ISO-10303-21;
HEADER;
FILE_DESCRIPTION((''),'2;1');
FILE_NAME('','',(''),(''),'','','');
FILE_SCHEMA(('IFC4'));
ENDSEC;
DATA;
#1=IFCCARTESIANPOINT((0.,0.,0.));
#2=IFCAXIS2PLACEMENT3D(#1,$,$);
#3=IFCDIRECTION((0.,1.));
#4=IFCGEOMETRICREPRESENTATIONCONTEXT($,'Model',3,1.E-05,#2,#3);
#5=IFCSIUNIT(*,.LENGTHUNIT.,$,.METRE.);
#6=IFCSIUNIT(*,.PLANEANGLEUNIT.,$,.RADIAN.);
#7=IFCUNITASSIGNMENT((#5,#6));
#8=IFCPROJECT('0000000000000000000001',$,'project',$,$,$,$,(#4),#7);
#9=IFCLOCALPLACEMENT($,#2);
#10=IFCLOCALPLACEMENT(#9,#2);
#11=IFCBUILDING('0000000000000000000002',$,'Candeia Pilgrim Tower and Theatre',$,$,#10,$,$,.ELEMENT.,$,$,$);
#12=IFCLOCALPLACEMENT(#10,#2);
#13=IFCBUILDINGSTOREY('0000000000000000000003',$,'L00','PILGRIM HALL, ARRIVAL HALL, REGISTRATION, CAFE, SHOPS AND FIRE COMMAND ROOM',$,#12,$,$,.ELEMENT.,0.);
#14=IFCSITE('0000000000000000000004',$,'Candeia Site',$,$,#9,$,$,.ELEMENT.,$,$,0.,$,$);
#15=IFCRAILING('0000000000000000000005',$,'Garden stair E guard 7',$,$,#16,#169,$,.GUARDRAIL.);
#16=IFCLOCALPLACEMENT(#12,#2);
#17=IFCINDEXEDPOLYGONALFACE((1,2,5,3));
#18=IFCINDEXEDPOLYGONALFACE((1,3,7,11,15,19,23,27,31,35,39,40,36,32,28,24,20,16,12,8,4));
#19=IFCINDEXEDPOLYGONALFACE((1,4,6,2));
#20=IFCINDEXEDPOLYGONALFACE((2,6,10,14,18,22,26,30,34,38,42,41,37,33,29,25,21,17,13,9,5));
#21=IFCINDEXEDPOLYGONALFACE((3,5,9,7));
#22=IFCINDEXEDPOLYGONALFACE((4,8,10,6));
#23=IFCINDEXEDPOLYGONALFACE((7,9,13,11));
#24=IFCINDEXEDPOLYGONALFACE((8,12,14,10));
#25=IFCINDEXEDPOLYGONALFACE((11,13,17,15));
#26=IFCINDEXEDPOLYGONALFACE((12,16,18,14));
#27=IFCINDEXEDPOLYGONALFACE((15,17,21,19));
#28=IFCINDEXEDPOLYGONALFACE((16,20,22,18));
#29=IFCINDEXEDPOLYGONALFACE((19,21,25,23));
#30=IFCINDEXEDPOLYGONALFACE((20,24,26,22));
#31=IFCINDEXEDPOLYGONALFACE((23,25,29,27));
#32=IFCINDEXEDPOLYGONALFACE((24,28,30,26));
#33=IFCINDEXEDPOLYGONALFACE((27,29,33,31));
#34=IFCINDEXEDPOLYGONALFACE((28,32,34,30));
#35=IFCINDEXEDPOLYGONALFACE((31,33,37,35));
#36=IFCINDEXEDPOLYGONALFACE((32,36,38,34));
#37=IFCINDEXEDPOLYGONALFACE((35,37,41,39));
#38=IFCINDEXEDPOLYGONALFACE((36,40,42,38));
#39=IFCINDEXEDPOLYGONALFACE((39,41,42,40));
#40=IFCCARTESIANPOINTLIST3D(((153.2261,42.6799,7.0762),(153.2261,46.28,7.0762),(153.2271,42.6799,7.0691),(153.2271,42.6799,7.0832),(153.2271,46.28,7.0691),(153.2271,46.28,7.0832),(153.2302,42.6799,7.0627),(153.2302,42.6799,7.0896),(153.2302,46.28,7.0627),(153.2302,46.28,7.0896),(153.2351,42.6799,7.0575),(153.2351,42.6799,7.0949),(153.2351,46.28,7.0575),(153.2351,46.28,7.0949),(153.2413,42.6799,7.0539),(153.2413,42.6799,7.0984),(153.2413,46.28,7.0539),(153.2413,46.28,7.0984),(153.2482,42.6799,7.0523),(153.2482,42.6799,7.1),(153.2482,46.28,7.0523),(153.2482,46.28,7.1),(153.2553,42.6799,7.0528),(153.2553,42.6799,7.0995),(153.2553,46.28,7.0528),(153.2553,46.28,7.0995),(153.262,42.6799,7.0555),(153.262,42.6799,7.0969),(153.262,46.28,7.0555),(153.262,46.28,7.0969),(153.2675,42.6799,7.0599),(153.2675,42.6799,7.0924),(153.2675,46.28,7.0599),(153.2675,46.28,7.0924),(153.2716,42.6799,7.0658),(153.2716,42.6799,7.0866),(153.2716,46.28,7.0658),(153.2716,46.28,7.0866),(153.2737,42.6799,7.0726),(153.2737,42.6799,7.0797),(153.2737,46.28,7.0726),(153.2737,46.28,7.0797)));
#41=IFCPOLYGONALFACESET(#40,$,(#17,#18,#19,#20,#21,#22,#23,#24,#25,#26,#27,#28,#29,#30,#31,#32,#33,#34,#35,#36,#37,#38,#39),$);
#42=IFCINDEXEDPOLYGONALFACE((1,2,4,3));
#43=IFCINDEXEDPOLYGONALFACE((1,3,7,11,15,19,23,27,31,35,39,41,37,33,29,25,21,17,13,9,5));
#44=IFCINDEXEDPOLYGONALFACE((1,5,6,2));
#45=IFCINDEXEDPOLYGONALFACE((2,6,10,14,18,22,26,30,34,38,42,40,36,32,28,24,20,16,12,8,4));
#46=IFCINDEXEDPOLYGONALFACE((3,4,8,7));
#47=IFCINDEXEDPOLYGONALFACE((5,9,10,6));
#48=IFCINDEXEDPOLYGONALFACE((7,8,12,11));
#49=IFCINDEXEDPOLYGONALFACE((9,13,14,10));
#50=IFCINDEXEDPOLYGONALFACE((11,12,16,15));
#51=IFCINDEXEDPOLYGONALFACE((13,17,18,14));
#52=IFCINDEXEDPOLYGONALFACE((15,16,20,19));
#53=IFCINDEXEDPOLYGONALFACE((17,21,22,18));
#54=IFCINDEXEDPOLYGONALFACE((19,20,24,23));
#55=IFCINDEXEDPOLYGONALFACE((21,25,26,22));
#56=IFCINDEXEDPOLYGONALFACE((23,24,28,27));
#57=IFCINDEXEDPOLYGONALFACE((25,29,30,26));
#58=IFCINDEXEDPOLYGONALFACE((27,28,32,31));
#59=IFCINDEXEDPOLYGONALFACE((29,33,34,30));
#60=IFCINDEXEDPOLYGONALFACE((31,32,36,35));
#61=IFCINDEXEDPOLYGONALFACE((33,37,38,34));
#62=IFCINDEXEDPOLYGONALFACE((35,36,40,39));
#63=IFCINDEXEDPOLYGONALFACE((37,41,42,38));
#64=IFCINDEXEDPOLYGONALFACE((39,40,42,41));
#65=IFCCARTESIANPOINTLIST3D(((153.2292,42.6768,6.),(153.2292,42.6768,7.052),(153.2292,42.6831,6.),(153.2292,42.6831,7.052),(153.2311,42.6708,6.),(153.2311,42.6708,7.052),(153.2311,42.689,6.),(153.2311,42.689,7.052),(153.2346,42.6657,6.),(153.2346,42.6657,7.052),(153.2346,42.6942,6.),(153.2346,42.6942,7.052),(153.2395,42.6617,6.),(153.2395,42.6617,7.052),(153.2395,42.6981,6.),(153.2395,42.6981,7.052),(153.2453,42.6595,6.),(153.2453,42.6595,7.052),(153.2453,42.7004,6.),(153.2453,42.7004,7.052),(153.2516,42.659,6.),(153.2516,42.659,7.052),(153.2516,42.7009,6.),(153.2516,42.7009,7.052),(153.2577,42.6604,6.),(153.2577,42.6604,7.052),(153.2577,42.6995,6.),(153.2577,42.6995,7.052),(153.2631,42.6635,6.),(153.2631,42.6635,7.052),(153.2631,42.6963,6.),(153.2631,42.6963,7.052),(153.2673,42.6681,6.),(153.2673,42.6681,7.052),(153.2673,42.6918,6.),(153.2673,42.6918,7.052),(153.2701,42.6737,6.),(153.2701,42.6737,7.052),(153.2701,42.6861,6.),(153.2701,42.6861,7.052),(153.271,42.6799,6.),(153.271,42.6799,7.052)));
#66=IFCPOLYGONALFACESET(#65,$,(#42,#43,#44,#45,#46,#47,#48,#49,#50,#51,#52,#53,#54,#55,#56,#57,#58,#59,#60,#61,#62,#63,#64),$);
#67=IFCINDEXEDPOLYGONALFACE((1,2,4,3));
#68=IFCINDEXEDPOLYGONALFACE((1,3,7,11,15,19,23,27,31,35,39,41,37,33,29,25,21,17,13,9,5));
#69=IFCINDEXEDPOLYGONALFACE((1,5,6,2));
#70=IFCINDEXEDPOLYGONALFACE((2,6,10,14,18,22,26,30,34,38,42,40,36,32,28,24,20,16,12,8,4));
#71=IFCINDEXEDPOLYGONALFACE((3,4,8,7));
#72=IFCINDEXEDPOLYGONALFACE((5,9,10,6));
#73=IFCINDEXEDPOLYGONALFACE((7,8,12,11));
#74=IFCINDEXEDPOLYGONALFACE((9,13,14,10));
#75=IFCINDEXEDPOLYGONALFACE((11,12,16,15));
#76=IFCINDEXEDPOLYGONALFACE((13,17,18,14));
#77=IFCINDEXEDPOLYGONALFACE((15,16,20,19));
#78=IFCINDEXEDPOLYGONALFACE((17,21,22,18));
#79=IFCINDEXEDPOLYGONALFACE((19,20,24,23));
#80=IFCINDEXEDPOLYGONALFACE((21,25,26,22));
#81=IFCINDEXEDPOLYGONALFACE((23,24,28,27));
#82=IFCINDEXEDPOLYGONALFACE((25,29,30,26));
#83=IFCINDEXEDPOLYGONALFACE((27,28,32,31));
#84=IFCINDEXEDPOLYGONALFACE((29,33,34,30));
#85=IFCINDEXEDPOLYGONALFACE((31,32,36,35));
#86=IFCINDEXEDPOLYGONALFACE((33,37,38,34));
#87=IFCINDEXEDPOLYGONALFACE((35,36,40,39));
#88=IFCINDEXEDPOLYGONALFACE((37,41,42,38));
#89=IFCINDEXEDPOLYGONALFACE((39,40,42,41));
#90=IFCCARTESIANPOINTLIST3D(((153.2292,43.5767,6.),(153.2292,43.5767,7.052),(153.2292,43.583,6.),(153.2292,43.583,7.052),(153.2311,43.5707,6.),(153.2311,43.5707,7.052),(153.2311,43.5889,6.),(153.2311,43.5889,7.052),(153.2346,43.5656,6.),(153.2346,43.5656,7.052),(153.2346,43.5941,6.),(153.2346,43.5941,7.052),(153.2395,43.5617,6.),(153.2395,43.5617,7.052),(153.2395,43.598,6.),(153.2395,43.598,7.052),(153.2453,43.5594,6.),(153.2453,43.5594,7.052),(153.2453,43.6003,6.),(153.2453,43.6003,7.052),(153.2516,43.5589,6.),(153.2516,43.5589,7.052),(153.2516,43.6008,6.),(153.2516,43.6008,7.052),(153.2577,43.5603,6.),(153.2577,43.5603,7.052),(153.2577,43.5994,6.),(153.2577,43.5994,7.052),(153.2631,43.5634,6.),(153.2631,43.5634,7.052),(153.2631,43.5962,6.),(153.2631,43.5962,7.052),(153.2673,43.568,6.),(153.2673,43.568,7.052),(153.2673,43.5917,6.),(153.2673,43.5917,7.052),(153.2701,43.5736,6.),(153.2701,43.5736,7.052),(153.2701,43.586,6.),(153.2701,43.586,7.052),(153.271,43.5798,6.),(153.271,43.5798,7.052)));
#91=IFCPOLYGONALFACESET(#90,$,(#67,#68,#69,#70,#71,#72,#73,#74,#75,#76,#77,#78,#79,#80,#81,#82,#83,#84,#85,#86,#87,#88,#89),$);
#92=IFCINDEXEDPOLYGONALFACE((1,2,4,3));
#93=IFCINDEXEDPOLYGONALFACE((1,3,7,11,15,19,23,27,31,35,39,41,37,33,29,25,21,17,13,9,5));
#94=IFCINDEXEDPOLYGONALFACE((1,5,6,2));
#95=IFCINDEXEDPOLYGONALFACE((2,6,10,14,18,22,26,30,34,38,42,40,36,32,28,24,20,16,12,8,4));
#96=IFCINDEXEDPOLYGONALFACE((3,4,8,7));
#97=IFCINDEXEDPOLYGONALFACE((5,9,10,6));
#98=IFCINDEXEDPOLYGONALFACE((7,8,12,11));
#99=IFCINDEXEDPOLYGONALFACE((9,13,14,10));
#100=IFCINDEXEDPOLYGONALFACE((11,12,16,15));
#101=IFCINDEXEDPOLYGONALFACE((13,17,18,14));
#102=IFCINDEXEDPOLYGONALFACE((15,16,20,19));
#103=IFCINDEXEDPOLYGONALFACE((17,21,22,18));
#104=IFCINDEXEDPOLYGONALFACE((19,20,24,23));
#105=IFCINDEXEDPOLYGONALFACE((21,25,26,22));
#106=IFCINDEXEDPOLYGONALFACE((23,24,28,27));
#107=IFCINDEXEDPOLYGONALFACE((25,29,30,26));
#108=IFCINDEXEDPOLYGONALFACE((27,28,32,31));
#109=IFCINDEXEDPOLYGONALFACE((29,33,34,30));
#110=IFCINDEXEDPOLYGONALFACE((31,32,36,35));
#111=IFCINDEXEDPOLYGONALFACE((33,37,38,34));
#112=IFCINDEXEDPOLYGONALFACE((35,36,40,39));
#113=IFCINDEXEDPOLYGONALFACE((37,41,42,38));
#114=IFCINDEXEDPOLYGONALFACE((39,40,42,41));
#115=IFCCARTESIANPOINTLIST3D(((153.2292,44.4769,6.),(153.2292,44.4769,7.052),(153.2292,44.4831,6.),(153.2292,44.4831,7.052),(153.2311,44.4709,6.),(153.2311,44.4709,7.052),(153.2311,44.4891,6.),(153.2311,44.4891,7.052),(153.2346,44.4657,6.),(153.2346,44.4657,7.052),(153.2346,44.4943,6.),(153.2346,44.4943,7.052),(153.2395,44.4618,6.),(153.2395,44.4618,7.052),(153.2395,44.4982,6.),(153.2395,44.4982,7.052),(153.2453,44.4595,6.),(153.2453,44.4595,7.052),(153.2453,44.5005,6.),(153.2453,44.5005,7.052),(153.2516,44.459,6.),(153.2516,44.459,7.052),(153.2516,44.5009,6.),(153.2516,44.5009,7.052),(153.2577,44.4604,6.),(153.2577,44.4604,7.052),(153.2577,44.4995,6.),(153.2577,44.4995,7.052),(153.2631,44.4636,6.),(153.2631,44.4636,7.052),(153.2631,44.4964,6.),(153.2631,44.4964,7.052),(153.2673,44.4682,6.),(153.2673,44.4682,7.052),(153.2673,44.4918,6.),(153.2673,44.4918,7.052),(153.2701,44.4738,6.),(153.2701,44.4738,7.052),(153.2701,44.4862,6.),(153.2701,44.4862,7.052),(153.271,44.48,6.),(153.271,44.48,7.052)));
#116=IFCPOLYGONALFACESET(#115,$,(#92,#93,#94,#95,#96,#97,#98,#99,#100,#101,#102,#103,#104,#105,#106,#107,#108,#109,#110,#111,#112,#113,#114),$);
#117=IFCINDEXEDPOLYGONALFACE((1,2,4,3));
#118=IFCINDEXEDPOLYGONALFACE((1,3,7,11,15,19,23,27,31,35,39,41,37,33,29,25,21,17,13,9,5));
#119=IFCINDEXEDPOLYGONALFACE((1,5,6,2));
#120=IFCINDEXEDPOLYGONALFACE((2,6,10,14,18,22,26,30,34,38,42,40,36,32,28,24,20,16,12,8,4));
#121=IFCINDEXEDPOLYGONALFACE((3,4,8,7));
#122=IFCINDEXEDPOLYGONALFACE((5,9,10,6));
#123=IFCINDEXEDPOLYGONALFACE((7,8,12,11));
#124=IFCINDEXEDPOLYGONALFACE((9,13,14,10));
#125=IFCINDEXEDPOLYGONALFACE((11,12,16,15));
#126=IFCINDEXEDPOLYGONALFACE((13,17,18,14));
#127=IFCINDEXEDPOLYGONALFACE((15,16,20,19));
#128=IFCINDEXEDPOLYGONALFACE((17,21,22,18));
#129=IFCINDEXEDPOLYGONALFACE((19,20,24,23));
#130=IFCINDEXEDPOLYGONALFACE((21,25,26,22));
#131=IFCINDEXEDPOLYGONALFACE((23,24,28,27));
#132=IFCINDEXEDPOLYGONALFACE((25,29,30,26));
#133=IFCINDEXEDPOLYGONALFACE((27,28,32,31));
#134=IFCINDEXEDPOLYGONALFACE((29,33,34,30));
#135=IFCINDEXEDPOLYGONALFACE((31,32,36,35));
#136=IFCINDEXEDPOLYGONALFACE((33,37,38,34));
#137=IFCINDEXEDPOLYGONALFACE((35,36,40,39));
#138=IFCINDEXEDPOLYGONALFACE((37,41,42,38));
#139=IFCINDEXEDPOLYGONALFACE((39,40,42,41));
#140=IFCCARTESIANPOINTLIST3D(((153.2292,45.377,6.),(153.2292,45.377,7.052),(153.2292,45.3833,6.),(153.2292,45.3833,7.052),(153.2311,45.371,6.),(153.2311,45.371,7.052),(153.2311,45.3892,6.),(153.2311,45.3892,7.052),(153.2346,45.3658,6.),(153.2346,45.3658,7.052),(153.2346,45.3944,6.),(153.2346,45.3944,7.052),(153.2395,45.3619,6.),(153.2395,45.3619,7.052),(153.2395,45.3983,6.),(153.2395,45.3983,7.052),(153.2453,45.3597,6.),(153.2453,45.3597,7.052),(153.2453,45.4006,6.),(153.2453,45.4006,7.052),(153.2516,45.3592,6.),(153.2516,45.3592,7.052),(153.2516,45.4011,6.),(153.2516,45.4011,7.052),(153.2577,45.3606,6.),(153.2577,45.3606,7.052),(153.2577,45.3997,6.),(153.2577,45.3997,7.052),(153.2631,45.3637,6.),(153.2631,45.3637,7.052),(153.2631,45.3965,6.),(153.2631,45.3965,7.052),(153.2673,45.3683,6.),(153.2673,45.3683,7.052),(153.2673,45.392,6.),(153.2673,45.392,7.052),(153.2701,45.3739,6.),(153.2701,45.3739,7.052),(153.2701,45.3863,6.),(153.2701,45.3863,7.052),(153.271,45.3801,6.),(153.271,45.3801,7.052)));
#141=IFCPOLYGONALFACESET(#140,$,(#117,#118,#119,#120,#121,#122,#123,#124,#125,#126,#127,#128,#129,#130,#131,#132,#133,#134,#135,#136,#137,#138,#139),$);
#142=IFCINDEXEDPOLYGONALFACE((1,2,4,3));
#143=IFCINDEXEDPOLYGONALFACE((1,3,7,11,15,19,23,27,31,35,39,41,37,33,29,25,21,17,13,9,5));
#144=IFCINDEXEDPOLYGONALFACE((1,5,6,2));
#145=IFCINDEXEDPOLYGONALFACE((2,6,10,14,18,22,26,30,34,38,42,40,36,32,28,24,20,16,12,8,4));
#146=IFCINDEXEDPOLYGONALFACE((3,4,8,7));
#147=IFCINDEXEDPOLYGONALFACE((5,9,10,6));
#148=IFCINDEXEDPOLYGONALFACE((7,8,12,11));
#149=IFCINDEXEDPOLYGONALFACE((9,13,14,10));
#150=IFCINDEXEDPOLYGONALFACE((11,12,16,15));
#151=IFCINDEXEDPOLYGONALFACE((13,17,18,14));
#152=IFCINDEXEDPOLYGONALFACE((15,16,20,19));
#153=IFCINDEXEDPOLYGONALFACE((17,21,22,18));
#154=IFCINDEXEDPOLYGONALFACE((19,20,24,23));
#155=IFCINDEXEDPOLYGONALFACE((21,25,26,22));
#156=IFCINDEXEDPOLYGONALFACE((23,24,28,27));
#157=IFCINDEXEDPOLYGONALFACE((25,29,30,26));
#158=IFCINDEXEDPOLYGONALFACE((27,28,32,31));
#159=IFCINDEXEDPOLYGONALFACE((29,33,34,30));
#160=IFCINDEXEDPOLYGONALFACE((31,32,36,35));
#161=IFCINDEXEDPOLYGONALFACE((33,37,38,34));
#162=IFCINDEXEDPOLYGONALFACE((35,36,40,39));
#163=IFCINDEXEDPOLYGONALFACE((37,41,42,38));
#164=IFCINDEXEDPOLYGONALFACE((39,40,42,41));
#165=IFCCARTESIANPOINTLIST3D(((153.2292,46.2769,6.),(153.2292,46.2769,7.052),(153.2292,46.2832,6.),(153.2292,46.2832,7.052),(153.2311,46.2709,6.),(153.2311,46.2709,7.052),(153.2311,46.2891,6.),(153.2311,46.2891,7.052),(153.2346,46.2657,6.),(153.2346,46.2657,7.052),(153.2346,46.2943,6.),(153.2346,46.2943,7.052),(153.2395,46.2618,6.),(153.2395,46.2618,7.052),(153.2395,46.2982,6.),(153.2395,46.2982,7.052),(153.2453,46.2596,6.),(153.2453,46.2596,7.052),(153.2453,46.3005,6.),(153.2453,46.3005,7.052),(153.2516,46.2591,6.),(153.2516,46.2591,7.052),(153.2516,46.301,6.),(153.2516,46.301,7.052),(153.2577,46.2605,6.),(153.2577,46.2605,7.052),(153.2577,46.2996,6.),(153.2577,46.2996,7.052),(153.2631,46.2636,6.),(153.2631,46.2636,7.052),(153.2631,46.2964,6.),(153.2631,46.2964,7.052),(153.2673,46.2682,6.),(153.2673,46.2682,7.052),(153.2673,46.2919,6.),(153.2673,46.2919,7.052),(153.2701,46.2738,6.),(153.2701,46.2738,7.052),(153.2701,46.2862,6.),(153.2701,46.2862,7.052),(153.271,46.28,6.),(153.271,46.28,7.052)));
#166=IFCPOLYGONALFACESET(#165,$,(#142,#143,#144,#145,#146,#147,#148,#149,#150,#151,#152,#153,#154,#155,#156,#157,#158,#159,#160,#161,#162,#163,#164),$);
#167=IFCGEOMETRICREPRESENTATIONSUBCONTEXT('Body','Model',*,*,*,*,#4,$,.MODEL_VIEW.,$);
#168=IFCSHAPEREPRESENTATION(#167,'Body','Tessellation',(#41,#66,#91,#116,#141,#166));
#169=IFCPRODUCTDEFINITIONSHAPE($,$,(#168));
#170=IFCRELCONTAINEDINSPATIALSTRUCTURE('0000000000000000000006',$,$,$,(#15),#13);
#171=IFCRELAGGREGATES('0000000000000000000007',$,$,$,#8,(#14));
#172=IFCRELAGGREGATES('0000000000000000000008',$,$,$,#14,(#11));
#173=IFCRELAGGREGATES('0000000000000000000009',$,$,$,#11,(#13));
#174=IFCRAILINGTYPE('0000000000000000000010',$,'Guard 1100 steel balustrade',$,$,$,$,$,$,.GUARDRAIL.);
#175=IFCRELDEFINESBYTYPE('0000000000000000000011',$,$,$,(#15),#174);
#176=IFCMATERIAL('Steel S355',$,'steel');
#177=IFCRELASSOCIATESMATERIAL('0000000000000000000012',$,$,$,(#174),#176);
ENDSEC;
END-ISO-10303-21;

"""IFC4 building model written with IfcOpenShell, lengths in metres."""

from ifc_helpers import new_model, si_unit, direction, frame, origin, origin_2d, place, context, subcontext, project, spatial, circle, extrude, material, type_object, element, save


model = new_model("IFC4")

# Units and contexts
model_context = context("Model", 3, precision=1e-05, world=origin(), true_north=direction((0.0, 1.0)))
body_context = subcontext(model_context, "Body", "Model", "MODEL_VIEW")
ifc_project = project(units=[si_unit("LENGTHUNIT", "METRE"), si_unit("PLANEANGLEUNIT", "RADIAN")], contexts=[model_context])

# Site, building, storey
site_placement = place(None, origin())
site = spatial("IfcSite", under=ifc_project, at=site_placement, Name="Candeia Site", CompositionType="ELEMENT", RefElevation=0.0)
building_placement = place(site_placement, origin())
building = spatial("IfcBuilding", under=site, at=building_placement, Name="Candeia Pilgrim Tower and Theatre", CompositionType="ELEMENT")
storey_placement = place(building_placement, origin())
storey = spatial("IfcBuildingStorey", under=building, at=storey_placement, Name="L00", Description="PILGRIM HALL, ARRIVAL HALL, REGISTRATION, CAFE, SHOPS AND FIRE COMMAND ROOM", CompositionType="ELEMENT", Elevation=0.0)

# Railing
ifc_material_1 = material(Name="Steel S355", Category="steel")
railing_type_1 = type_object("IfcRailingType", Name="Guard 1100 steel balustrade", PredefinedType="GUARDRAIL", material=ifc_material_1)
for number, where, name in (
    (1, (153.25, 42.6799, 6.0), "Garden stair E guard 7"),
):
    element("IfcRailing", number, at=place(storey_placement, frame(where)), inside=storey, type_object=railing_type_1, Name=name, PredefinedType="GUARDRAIL", context=body_context, shape_type="SweptSolid", body=[
        extrude(circle(Radius=0.0239, at=origin_2d()), frame((0.0, 0.0, 1.0762), z_axis=(0.0, 1.0, 0.0), x_axis=(-1.0, 0.0, 0.0)), (0.0, 0.0, 1.0), 3.6001),
        extrude(circle(Radius=0.021, at=origin_2d()), origin(), (0.0, 0.0, 1.0), 1.052),
        extrude(circle(Radius=0.021, at=origin_2d()), frame((0.0, 0.8999, 0.0)), (0.0, 0.0, 1.0), 1.052),
        extrude(circle(Radius=0.021, at=origin_2d()), frame((0.0, 1.8, 0.0)), (0.0, 0.0, 1.0), 1.052),
        extrude(circle(Radius=0.021, at=origin_2d()), frame((0.0, 2.7002, 0.0)), (0.0, 0.0, 1.0), 1.052),
        extrude(circle(Radius=0.021, at=origin_2d()), frame((0.0, 3.6001, 0.0)), (0.0, 0.0, 1.0), 1.052),
    ])

save(model, "model.ifc")
